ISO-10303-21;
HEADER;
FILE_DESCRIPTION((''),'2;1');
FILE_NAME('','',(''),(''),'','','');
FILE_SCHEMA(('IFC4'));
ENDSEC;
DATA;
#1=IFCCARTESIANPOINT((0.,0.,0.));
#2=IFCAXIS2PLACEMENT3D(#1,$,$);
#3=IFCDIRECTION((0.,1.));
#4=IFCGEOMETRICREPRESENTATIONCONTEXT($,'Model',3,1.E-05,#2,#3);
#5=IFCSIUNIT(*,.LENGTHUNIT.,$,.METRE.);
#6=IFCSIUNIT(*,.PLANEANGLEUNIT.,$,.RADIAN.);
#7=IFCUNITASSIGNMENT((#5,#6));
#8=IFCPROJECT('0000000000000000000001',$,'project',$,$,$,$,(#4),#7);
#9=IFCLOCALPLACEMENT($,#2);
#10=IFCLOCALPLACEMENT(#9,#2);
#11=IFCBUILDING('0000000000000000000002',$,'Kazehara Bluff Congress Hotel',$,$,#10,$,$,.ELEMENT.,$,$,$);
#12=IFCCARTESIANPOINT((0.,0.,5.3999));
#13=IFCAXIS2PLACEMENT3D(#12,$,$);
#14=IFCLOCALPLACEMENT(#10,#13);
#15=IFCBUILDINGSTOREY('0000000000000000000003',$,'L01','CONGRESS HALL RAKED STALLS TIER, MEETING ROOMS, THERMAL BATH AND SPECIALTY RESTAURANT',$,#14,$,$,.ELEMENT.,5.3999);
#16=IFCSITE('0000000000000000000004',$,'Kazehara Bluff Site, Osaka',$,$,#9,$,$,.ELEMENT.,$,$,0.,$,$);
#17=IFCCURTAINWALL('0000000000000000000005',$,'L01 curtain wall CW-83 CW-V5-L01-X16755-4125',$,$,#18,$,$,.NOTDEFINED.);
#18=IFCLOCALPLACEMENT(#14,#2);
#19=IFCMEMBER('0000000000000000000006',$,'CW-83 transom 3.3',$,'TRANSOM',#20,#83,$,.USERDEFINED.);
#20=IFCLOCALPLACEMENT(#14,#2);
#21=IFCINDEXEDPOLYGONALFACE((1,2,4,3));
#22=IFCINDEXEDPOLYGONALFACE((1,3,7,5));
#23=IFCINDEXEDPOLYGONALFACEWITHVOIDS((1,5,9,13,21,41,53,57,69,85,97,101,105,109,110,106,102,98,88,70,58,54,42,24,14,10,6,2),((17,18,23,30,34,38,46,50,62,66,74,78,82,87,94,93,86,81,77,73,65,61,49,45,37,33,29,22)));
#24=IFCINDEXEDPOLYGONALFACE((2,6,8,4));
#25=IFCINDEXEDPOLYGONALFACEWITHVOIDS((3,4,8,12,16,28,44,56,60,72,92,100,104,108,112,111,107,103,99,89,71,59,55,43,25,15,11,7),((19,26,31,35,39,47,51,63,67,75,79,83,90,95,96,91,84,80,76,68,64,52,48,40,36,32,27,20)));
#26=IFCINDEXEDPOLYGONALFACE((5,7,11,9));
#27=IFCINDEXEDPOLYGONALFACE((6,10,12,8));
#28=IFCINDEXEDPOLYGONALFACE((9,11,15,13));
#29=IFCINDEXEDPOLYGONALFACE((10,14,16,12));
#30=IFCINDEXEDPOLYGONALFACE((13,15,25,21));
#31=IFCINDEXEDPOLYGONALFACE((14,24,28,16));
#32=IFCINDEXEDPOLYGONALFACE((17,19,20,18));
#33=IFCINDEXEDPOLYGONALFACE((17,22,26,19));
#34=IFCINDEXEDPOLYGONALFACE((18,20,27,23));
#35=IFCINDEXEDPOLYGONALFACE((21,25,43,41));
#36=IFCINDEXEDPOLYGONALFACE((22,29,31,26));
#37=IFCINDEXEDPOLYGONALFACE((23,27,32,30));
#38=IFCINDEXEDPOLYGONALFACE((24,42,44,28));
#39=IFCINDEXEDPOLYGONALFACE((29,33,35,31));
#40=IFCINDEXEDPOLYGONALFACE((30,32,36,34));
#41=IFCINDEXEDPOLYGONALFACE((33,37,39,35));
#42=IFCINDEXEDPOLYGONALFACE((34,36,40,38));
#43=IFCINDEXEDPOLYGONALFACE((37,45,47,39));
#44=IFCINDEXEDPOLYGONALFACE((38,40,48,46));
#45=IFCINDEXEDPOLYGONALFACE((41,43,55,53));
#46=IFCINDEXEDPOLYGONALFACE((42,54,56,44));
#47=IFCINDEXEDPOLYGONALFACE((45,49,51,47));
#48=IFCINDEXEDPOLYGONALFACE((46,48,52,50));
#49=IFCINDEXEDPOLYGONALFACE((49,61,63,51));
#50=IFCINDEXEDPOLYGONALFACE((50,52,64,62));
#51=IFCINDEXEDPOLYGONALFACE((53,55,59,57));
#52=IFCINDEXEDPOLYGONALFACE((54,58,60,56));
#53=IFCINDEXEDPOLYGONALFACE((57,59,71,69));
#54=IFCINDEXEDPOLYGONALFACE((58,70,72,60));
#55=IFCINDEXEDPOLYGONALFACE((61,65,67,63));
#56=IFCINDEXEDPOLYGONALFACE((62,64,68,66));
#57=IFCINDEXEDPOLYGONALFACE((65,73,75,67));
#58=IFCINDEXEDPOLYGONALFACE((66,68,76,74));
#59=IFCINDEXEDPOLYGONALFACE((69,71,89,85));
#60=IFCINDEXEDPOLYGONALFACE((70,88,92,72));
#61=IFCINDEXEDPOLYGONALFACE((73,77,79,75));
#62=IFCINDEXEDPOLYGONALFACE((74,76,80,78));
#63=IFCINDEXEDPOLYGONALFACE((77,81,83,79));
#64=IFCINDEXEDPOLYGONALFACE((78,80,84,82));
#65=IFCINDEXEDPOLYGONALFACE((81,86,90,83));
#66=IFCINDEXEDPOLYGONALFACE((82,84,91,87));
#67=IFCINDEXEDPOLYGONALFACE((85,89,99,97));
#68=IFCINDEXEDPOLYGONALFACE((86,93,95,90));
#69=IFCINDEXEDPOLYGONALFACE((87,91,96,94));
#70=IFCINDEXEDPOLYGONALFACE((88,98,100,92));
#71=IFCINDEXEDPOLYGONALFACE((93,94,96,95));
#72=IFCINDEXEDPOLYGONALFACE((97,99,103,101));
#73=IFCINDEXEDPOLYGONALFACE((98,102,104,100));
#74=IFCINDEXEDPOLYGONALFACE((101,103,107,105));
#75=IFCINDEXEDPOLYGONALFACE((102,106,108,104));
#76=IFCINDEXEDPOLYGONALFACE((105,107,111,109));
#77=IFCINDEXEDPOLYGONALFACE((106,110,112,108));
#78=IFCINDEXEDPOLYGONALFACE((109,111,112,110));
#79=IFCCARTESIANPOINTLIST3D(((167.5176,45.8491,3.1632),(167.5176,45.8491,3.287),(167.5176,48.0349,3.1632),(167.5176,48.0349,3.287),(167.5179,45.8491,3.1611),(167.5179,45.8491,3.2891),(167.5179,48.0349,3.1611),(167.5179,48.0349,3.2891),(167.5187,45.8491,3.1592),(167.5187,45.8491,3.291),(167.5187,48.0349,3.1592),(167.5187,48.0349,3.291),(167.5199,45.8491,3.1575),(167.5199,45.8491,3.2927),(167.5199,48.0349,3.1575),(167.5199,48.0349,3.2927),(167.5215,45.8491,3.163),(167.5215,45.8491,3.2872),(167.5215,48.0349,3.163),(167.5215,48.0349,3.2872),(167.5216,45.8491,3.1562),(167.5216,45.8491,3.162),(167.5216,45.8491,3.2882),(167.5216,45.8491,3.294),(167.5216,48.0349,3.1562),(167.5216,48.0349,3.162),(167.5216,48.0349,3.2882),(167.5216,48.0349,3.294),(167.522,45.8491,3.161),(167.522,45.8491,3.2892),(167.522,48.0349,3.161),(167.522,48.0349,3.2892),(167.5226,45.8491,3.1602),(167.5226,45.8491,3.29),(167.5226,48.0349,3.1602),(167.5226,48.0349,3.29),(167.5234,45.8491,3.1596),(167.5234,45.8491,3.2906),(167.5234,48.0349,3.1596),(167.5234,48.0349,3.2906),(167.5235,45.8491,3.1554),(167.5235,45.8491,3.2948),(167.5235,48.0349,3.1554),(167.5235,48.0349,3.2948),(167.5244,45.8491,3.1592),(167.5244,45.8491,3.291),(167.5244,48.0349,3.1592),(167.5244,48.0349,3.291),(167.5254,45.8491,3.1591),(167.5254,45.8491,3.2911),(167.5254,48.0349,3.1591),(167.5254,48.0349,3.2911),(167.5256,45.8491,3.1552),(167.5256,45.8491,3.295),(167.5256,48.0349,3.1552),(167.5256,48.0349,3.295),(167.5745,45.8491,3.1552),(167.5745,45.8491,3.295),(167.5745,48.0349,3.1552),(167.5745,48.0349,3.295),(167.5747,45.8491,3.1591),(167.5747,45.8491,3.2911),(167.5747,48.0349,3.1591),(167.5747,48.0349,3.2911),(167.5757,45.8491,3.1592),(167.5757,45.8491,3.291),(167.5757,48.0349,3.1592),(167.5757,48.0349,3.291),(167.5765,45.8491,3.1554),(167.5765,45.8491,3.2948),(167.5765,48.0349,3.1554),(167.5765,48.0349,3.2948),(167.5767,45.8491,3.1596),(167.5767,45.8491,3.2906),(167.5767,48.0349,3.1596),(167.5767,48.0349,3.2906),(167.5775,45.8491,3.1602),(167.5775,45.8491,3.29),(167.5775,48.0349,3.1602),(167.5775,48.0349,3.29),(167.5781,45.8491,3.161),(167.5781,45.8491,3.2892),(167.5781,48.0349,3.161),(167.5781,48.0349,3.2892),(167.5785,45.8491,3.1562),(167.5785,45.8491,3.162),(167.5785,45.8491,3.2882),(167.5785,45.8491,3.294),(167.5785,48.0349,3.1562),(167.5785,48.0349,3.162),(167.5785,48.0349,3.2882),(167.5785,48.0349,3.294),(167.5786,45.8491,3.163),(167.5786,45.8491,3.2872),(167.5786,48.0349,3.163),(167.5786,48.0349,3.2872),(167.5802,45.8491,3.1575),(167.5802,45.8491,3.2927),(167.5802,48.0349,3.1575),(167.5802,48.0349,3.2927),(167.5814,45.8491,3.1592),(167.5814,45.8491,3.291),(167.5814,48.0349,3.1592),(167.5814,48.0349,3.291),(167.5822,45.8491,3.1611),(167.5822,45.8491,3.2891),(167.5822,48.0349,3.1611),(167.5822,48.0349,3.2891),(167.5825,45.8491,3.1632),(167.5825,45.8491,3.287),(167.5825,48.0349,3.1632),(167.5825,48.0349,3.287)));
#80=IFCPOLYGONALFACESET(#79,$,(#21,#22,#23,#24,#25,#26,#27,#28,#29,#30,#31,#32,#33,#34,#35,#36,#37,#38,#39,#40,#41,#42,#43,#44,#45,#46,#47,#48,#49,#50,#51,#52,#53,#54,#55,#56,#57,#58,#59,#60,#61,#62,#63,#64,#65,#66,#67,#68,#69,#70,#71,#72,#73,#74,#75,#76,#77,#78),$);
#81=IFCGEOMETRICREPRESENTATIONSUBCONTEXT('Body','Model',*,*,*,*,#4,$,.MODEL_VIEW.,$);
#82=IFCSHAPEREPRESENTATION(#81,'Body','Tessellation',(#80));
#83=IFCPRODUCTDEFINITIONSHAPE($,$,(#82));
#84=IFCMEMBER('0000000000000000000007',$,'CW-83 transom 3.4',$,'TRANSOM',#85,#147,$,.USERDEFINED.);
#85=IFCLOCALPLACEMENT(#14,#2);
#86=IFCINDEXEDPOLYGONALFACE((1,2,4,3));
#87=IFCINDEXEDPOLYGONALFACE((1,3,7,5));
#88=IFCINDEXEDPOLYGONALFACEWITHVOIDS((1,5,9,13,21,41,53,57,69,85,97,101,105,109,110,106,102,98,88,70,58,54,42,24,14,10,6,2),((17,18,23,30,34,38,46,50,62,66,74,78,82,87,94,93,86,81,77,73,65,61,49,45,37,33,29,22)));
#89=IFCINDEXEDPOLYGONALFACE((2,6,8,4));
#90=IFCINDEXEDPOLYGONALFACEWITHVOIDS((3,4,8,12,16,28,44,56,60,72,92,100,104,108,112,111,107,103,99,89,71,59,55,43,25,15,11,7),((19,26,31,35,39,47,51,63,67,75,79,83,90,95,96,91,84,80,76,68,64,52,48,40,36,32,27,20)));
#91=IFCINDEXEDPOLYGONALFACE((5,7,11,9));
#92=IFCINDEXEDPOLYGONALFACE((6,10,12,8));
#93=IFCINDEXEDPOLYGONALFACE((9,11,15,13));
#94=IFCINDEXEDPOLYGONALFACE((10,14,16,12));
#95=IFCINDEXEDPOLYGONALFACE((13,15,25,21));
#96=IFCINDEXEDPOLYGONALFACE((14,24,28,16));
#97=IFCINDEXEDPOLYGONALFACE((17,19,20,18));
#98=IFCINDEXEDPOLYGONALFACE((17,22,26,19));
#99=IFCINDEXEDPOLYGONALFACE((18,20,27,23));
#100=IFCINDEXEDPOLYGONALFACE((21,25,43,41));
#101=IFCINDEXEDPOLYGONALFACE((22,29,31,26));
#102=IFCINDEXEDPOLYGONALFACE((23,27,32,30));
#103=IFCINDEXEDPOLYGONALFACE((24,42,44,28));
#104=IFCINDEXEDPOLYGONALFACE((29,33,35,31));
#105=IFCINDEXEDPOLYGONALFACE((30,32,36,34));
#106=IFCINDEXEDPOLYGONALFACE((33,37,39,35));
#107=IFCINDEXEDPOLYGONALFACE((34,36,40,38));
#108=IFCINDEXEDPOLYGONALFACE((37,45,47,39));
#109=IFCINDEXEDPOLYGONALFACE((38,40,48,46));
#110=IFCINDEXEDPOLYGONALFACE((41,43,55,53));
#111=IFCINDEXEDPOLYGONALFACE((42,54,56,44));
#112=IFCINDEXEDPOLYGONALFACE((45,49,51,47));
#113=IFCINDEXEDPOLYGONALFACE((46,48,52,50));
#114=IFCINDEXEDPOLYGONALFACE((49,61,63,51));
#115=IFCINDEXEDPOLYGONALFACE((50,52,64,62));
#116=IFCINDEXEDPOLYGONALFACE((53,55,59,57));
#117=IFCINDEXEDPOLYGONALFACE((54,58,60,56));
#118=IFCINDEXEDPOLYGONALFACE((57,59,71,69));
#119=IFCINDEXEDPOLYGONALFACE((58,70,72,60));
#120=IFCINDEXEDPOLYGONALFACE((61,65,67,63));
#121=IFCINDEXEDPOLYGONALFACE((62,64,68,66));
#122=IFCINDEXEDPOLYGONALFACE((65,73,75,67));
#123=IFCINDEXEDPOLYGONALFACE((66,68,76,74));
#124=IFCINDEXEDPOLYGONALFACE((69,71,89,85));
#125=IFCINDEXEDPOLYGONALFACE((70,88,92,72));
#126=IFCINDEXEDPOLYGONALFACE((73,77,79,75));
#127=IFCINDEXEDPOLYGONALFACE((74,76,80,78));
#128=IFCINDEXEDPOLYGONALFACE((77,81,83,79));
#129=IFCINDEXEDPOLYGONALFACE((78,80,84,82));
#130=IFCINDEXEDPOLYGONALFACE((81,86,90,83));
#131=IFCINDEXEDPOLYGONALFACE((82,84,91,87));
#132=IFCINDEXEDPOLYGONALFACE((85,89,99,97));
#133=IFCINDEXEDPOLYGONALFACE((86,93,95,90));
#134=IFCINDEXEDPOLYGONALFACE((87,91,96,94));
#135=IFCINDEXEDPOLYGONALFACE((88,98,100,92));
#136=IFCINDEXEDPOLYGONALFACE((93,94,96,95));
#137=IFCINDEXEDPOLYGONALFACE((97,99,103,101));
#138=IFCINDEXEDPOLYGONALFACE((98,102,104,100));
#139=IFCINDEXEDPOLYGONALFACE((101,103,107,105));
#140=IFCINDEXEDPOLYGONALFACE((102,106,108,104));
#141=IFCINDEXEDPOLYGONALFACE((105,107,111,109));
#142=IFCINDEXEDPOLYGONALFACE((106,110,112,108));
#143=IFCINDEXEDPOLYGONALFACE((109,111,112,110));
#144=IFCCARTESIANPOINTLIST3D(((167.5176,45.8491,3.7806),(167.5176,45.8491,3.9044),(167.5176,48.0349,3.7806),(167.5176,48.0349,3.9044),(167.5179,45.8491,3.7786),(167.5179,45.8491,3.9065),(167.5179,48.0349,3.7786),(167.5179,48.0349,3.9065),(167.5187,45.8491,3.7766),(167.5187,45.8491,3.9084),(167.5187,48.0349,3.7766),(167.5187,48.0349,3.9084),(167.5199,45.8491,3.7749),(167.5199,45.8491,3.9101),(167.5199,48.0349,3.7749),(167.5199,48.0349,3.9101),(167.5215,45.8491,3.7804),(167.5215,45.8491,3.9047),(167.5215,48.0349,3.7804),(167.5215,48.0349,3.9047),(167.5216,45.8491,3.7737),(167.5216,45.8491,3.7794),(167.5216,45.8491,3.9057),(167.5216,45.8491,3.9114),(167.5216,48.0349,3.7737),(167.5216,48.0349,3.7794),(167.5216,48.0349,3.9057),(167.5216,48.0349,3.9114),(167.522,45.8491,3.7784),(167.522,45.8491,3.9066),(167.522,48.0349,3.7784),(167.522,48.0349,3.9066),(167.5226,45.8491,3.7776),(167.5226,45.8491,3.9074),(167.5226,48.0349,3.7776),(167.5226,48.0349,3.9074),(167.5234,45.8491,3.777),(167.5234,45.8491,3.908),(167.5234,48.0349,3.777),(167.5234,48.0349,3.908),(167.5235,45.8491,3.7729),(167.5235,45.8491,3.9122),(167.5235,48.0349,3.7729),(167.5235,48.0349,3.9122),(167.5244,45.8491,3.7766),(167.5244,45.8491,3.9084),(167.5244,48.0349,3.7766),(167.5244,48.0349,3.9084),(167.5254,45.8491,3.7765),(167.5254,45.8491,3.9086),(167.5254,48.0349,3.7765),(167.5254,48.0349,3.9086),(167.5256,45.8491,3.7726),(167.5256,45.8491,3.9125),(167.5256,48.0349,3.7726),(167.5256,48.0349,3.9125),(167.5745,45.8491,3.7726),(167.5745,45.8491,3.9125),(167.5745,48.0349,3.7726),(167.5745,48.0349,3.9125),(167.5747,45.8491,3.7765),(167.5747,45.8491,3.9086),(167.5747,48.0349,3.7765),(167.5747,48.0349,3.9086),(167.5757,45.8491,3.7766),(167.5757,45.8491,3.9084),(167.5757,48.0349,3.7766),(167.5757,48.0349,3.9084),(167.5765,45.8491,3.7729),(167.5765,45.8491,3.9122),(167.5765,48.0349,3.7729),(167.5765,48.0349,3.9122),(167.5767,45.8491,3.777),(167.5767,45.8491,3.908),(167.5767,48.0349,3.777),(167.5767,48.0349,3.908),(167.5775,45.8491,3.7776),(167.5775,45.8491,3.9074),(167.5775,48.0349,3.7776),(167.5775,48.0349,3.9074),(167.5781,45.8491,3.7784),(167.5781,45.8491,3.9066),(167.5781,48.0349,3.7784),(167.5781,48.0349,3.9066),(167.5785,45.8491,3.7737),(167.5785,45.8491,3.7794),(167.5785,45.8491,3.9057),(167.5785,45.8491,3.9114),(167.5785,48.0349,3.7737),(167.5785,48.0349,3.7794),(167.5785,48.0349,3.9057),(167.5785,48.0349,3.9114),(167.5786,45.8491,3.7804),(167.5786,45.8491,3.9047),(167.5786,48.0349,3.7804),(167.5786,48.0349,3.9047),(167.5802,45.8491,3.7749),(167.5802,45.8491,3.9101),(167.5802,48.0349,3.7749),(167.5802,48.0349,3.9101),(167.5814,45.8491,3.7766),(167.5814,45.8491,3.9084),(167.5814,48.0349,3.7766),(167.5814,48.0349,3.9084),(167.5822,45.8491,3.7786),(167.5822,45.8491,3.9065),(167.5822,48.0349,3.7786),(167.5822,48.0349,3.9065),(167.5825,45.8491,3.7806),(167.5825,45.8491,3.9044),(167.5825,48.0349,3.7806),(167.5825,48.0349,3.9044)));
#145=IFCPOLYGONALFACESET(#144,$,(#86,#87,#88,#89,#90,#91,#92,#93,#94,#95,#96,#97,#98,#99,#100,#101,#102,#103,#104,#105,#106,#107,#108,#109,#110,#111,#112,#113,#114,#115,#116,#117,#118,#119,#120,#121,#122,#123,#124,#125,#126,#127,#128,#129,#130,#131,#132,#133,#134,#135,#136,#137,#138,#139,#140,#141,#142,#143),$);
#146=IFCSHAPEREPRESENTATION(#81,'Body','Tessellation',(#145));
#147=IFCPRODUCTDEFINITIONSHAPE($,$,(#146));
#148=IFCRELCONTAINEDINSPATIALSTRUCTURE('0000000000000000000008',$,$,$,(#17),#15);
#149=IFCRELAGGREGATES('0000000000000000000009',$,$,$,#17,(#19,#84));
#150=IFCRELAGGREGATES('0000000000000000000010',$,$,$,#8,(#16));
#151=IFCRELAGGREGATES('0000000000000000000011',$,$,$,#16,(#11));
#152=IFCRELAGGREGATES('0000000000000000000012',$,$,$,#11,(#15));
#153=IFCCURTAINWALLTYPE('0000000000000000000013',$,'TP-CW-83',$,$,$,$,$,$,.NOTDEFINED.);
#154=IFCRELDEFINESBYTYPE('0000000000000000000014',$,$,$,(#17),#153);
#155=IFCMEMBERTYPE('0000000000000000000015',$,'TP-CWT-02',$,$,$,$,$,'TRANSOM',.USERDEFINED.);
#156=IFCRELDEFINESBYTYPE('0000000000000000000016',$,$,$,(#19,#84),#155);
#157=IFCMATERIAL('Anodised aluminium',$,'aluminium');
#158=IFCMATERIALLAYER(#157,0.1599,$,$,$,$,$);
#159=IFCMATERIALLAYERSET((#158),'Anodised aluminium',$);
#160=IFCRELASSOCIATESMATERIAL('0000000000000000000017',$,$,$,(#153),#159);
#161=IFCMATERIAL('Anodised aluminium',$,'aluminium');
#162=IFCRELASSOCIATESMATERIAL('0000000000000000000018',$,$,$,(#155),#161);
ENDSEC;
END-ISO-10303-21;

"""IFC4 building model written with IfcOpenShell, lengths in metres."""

from ifc_helpers import new_model, si_unit, direction, frame, origin, origin_2d, place, context, subcontext, project, spatial, hollow_rectangle, extrude, material, layer, layer_set, material_profile, profile_set, type_object, element, aggregate, save


model = new_model("IFC4")

# Units and contexts
model_context = context("Model", 3, precision=1e-05, world=origin(), true_north=direction((0.0, 1.0)))
body_context = subcontext(model_context, "Body", "Model", "MODEL_VIEW")
ifc_project = project(units=[si_unit("LENGTHUNIT", "METRE"), si_unit("PLANEANGLEUNIT", "RADIAN")], contexts=[model_context])

# Site, building, storey
site_placement = place(None, origin())
site = spatial("IfcSite", under=ifc_project, at=site_placement, Name="Kazehara Bluff Site, Osaka", CompositionType="ELEMENT", RefElevation=0.0)
building_placement = place(site_placement, origin())
building = spatial("IfcBuilding", under=site, at=building_placement, Name="Kazehara Bluff Congress Hotel", CompositionType="ELEMENT")
storey_placement = place(building_placement, frame((0.0, 0.0, 5.3999)))
storey = spatial("IfcBuildingStorey", under=building, at=storey_placement, Name="L01", Description="CONGRESS HALL RAKED STALLS TIER, MEETING ROOMS, THERMAL BATH AND SPECIALTY RESTAURANT", CompositionType="ELEMENT", Elevation=5.3999)

# Curtain wall
ifc_material_1 = material(Name="Anodised aluminium", Category="aluminium")
ifc_layer_1 = layer(ifc_material_1, 0.1599)
ifc_layer_set_1 = layer_set([ifc_layer_1], Name="Anodised aluminium")
curtain_wall_type_1 = type_object("IfcCurtainWallType", Name="TP-CW-83", PredefinedType="NOTDEFINED", material=ifc_layer_set_1)
curtain_wall_1_placement = place(storey_placement, origin())
curtain_wall_1 = element("IfcCurtainWall", 1, at=curtain_wall_1_placement, inside=storey, type_object=curtain_wall_type_1, Name="L01 curtain wall CW-83 CW-V5-L01-X16755-4125", PredefinedType="NOTDEFINED")

# Members
ifc_material_2 = material(Name="Anodised aluminium", Category="aluminium")
ifc_material_profile_1 = material_profile(ifc_material_2, hollow_rectangle(XDim=0.0649, YDim=0.1399, WallThickness=0.0039, InnerFilletRadius=0.0039, OuterFilletRadius=0.0081, at=origin_2d()))
ifc_profile_set_1 = profile_set([ifc_material_profile_1], Name="Anodised aluminium")
member_type_1 = type_object("IfcMemberType", Name="TP-CWT-02", ElementType="TRANSOM", PredefinedType="USERDEFINED", material=ifc_profile_set_1)
member_1_placement = place(storey_placement, frame((167.55, 45.8491, 3.2251), z_axis=(0.0, 1.0, 0.0), x_axis=(-1.0, 0.0, 0.0)))
member_1 = element("IfcMember", 2, at=member_1_placement, type_object=member_type_1, Name="CW-83 transom 3.3", ObjectType="TRANSOM", PredefinedType="USERDEFINED", context=body_context, shape_type="SweptSolid", body=[
    extrude(hollow_rectangle(XDim=0.0649, YDim=0.1399, WallThickness=0.0039, InnerFilletRadius=0.0039, OuterFilletRadius=0.0081, at=origin_2d()), origin(), (0.0, 0.0, 1.0), 2.1858),
])
member_2_placement = place(storey_placement, frame((167.55, 45.8491, 3.8425), z_axis=(0.0, 1.0, 0.0), x_axis=(-1.0, 0.0, 0.0)))
member_2 = element("IfcMember", 3, at=member_2_placement, type_object=member_type_1, Name="CW-83 transom 3.4", ObjectType="TRANSOM", PredefinedType="USERDEFINED", context=body_context, shape_type="SweptSolid", body=[
    extrude(hollow_rectangle(XDim=0.0649, YDim=0.1399, WallThickness=0.0039, InnerFilletRadius=0.0039, OuterFilletRadius=0.0081, at=origin_2d()), origin(), (0.0, 0.0, 1.0), 2.1858),
])

aggregate(curtain_wall_1, [member_1, member_2])

save(model, "model.ifc")
